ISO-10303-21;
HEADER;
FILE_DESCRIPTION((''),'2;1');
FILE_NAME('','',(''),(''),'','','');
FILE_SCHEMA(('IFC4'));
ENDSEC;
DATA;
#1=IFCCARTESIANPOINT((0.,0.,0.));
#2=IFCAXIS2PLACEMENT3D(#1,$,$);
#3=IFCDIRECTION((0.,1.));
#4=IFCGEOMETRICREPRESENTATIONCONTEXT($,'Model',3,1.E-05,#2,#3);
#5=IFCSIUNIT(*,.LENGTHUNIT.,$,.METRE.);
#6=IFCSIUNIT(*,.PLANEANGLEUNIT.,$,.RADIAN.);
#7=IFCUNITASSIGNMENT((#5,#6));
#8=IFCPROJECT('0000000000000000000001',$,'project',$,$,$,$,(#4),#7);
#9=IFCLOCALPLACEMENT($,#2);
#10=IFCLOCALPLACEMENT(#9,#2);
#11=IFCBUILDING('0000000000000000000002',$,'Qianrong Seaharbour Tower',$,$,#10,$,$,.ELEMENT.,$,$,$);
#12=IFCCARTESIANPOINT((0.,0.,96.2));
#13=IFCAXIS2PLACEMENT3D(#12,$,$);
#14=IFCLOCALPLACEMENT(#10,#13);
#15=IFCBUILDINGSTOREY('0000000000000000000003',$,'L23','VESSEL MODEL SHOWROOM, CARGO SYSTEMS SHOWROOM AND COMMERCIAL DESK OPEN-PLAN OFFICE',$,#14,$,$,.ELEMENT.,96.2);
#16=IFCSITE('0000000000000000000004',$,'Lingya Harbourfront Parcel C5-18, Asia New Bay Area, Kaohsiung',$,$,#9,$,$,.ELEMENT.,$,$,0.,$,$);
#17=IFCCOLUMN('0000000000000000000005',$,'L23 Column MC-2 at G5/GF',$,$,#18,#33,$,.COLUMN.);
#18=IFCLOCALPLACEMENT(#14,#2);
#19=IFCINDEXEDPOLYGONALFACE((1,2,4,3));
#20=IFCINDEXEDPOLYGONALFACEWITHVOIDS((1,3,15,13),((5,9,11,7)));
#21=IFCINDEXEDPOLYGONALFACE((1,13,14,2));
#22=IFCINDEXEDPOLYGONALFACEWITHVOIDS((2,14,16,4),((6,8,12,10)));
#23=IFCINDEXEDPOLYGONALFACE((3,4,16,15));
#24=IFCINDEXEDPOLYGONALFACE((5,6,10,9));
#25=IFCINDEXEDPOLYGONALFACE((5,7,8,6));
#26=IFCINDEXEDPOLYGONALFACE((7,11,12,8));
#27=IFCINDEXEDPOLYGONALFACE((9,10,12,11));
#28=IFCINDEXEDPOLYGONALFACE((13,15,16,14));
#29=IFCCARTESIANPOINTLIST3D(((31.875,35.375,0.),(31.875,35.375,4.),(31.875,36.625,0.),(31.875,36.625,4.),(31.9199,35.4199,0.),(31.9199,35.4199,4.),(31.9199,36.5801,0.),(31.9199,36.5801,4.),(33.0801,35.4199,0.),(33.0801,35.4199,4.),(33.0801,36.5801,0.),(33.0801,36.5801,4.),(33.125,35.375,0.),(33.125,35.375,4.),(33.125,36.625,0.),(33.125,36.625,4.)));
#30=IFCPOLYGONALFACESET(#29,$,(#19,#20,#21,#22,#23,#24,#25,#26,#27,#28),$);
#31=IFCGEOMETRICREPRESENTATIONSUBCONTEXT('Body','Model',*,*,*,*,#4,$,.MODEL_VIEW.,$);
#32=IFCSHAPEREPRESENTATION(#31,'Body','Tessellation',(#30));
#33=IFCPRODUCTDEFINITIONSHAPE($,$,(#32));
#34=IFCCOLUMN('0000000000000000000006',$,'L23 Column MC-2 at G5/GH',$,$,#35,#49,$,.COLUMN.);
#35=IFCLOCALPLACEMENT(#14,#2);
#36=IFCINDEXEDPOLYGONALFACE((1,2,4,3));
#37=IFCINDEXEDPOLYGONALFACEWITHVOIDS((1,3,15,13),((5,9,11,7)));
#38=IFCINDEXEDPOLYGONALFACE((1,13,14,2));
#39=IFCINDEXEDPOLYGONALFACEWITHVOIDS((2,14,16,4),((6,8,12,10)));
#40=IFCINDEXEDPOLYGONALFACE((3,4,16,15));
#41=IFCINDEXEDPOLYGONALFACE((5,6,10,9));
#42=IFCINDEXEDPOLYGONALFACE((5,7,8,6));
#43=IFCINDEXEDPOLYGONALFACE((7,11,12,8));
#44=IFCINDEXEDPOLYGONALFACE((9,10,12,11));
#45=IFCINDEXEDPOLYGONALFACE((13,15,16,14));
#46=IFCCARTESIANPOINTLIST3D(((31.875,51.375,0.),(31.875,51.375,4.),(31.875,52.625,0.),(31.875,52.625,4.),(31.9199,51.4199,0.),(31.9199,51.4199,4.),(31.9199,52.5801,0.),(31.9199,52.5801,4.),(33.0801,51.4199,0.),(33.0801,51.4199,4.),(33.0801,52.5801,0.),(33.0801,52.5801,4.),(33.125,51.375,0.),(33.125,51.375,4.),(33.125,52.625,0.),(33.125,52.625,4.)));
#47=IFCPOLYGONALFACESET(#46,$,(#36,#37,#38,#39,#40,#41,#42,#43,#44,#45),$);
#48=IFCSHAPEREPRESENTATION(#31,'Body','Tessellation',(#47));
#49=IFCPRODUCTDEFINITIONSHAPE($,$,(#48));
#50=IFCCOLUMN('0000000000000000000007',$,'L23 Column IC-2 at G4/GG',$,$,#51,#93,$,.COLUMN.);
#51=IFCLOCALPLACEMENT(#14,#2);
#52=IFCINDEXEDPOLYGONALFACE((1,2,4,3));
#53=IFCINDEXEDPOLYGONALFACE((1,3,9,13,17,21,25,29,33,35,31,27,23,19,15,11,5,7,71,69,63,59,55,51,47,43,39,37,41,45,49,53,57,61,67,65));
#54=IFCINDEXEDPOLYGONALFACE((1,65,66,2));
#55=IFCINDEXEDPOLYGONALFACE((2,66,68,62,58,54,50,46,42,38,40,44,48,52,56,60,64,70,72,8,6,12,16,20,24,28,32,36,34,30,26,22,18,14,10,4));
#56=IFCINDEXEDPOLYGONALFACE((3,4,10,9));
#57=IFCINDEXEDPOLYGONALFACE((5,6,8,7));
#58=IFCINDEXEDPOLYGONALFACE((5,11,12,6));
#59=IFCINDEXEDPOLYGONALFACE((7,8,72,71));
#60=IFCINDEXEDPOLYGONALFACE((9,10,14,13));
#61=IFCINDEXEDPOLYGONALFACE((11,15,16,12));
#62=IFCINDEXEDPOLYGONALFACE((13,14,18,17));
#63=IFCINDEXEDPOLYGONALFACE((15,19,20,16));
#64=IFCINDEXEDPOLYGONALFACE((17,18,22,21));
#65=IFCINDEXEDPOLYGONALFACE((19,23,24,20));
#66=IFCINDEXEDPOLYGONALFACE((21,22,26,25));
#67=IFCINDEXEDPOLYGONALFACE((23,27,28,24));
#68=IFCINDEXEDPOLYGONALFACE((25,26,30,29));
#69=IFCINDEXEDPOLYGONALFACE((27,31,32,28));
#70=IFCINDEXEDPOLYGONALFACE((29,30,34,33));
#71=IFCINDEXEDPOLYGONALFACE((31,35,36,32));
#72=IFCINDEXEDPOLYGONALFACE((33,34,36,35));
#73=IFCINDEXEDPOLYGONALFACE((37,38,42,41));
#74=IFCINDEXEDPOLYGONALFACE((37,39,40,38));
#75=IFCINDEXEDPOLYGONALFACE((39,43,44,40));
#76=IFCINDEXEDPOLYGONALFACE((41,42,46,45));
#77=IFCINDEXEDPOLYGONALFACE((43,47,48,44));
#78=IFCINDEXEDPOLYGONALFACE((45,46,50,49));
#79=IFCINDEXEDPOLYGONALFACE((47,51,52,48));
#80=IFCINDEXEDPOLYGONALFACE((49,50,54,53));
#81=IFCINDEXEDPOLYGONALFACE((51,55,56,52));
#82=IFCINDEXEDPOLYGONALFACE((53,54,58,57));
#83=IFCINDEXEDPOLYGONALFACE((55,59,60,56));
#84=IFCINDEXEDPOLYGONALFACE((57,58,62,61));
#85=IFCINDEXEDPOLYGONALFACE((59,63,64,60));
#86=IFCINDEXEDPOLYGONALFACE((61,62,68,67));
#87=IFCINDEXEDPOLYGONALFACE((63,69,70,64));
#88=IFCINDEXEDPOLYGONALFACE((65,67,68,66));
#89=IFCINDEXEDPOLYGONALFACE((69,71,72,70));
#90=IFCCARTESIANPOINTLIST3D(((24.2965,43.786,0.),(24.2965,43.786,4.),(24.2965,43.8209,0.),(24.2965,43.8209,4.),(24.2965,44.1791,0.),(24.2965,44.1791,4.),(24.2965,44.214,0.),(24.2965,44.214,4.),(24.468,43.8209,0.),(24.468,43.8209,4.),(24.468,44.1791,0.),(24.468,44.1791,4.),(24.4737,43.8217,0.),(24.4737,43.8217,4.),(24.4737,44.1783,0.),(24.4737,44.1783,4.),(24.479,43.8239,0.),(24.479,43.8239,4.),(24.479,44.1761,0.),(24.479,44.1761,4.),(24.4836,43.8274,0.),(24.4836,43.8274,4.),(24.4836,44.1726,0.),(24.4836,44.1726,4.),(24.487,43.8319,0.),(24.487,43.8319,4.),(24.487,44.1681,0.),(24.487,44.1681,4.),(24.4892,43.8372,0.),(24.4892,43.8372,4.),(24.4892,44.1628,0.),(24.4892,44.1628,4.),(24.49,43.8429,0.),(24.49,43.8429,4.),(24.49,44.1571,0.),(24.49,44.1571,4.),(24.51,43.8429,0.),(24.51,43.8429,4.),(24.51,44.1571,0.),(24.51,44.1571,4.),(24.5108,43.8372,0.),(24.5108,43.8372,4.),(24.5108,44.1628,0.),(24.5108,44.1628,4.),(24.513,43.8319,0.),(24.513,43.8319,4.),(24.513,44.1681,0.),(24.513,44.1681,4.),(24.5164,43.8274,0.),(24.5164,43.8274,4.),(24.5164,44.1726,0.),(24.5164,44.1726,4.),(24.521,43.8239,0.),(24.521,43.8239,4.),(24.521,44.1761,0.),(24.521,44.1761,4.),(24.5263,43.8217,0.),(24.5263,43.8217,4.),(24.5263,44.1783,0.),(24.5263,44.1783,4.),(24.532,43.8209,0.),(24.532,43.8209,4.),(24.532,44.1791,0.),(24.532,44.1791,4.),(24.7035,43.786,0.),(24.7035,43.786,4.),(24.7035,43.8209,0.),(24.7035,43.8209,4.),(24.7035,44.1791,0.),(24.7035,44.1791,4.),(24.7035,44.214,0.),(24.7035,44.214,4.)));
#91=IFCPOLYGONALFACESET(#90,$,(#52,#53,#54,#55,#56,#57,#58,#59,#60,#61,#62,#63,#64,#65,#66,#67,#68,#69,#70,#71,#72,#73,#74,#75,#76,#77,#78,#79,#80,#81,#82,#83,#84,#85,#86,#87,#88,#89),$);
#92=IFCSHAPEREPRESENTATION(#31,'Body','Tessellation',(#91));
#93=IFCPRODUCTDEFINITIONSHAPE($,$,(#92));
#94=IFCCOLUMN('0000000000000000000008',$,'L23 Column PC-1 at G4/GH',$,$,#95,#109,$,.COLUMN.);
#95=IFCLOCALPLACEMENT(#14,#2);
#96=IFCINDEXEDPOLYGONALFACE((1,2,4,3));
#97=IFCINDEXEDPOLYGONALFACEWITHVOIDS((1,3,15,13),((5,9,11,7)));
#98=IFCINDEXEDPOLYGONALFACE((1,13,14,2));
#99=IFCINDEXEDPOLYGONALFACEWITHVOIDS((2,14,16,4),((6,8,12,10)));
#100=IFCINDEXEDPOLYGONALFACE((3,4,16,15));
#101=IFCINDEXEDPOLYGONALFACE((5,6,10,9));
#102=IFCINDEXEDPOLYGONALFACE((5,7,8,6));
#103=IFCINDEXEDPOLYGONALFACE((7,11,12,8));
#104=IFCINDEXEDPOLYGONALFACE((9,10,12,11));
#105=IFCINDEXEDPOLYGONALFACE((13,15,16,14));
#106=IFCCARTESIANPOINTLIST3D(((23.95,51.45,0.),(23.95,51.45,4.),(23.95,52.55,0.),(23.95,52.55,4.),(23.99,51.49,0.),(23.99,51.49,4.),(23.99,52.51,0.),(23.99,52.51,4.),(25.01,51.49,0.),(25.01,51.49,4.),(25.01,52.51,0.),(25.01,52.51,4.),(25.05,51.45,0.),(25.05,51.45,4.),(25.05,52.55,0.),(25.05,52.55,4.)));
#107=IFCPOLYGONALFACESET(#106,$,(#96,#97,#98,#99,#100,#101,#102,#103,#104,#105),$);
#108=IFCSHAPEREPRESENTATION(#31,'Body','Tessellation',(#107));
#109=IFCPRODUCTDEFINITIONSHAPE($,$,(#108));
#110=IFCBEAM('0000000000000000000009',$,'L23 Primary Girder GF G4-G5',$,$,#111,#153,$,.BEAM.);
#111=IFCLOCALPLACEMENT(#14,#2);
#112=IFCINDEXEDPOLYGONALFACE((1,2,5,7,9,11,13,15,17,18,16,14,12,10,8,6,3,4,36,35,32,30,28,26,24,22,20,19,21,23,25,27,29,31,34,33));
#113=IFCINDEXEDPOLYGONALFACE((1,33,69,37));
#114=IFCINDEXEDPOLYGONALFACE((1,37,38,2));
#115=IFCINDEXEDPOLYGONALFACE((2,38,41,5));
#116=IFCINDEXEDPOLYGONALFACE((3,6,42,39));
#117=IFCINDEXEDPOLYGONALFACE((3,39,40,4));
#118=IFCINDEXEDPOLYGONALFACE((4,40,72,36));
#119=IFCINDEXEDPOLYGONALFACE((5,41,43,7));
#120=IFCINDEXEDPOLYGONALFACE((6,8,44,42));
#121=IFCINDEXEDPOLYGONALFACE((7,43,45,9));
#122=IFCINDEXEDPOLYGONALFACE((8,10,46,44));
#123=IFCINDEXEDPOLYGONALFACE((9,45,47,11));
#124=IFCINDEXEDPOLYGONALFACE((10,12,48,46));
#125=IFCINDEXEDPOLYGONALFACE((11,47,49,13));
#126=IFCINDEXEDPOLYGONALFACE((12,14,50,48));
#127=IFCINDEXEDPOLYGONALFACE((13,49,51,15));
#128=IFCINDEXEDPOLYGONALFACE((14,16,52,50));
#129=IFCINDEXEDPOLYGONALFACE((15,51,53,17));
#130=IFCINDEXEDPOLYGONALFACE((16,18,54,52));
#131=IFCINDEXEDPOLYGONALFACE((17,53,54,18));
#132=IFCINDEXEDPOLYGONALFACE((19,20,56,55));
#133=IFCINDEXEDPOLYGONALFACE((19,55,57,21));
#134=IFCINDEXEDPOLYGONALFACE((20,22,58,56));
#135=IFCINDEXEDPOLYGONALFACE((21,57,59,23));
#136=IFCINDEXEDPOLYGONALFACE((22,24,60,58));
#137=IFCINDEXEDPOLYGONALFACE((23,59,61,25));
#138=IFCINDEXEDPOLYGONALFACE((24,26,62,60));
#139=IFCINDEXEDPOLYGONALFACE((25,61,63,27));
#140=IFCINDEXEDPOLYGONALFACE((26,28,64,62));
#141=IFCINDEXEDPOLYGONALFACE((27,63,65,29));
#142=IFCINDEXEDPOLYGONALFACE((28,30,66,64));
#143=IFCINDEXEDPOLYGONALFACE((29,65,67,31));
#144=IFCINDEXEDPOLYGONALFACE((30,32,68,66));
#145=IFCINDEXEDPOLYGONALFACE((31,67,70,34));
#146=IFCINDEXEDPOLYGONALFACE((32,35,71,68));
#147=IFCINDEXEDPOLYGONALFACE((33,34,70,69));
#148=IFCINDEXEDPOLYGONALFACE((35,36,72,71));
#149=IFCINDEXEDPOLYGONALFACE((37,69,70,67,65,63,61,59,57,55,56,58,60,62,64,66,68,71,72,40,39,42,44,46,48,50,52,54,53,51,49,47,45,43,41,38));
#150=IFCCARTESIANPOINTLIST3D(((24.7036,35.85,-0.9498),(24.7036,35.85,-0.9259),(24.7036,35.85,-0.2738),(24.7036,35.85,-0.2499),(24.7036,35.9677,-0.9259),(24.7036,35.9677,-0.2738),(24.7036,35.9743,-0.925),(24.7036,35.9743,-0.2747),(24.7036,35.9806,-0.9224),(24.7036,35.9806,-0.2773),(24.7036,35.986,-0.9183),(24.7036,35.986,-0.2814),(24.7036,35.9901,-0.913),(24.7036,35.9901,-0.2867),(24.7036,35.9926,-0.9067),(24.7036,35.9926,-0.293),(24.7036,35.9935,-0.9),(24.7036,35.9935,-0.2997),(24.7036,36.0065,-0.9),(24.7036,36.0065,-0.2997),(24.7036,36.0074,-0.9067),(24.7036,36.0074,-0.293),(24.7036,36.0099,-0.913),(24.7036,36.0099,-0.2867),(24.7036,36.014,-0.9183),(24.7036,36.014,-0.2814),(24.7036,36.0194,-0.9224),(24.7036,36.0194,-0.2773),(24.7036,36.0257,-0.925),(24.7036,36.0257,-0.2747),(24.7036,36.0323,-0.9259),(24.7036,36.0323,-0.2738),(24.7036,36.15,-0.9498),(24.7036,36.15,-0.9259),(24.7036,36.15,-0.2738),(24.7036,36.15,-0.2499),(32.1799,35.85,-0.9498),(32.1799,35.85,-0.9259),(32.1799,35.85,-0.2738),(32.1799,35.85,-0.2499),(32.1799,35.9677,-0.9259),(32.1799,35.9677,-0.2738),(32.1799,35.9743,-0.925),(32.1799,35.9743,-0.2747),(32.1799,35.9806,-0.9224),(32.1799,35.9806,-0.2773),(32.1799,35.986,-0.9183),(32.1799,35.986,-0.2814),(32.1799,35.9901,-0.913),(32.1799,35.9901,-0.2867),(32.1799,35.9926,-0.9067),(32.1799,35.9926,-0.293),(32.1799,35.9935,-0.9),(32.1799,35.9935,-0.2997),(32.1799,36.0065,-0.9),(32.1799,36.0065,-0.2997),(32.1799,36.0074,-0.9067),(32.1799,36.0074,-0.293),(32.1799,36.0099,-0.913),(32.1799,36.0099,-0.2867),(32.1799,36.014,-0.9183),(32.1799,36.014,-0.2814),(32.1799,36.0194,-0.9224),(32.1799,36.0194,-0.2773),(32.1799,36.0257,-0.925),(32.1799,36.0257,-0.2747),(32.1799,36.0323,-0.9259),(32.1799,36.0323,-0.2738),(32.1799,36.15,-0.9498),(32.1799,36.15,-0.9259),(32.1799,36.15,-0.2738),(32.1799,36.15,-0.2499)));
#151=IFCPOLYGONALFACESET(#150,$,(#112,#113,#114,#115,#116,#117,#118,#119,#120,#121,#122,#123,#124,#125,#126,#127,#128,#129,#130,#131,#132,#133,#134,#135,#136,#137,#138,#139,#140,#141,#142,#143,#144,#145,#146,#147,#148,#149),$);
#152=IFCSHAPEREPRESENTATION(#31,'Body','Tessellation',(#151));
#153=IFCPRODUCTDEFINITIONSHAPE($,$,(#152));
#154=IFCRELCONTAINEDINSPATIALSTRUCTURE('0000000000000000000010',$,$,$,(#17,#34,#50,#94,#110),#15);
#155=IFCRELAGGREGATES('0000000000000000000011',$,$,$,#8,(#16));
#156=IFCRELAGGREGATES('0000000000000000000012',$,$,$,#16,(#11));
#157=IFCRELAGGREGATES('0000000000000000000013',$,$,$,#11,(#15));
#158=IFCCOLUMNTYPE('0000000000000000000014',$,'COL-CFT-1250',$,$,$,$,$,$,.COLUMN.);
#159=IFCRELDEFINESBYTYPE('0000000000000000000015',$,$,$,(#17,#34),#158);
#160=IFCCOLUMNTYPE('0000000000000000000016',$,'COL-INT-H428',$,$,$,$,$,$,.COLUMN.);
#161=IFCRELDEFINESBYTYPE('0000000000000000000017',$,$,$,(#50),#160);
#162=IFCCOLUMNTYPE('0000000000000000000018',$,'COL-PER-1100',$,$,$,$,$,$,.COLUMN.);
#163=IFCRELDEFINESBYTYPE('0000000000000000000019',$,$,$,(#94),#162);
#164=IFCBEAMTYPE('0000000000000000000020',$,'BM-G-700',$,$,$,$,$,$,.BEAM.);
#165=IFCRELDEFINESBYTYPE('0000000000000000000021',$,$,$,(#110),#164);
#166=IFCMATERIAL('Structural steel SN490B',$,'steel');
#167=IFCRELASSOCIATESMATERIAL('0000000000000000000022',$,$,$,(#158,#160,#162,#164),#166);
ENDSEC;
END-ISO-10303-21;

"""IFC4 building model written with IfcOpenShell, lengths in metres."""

from ifc_helpers import new_model, si_unit, direction, frame, origin, origin_2d, place, context, subcontext, project, spatial, hollow_rectangle, i_section, extrude, material, material_profile, profile_set, type_object, element, save


model = new_model("IFC4")

# Units and contexts
model_context = context("Model", 3, precision=1e-05, world=origin(), true_north=direction((0.0, 1.0)))
body_context = subcontext(model_context, "Body", "Model", "MODEL_VIEW")
ifc_project = project(units=[si_unit("LENGTHUNIT", "METRE"), si_unit("PLANEANGLEUNIT", "RADIAN")], contexts=[model_context])

# Site, building, storey
site_placement = place(None, origin())
site = spatial("IfcSite", under=ifc_project, at=site_placement, Name="Lingya Harbourfront Parcel C5-18, Asia New Bay Area, Kaohsiung", CompositionType="ELEMENT", RefElevation=0.0)
building_placement = place(site_placement, origin())
building = spatial("IfcBuilding", under=site, at=building_placement, Name="Qianrong Seaharbour Tower", CompositionType="ELEMENT")
storey_placement = place(building_placement, frame((0.0, 0.0, 96.2)))
storey = spatial("IfcBuildingStorey", under=building, at=storey_placement, Name="L23", Description="VESSEL MODEL SHOWROOM, CARGO SYSTEMS SHOWROOM AND COMMERCIAL DESK OPEN-PLAN OFFICE", CompositionType="ELEMENT", Elevation=96.2)

# Columns
ifc_material_1 = material(Name="Structural steel SN490B", Category="steel")
ifc_material_profile_1 = material_profile(ifc_material_1, hollow_rectangle(XDim=1.25, YDim=1.25, WallThickness=0.0449, at=origin_2d()), Name="BOX1250x1250x45")
ifc_profile_set_1 = profile_set([ifc_material_profile_1], Name="Structural steel SN490B")
column_type_1 = type_object("IfcColumnType", Name="COL-CFT-1250", PredefinedType="COLUMN", material=ifc_profile_set_1)
for number, where, z_axis, x_axis, name in (
    (1, (32.5, 36.0, 0.0), (0.0, 0.0, 1.0), (1.0, 0.0, 0.0), "L23 Column MC-2 at G5/GF"),
    (2, (32.5, 52.0, 0.0), (0.0, 0.0, 1.0), (1.0, 0.0, 0.0), "L23 Column MC-2 at G5/GH"),
):
    element("IfcColumn", number, at=place(storey_placement, frame(where, z_axis=z_axis, x_axis=x_axis)), inside=storey, type_object=column_type_1, Name=name, PredefinedType="COLUMN", context=body_context, shape_type="SweptSolid", body=[
        extrude(hollow_rectangle(XDim=1.25, YDim=1.25, WallThickness=0.0449, at=origin_2d()), origin(), (0.0, 0.0, 1.0), 4.0),
    ])
ifc_material_profile_2 = material_profile(ifc_material_1, i_section(OverallWidth=0.407, OverallDepth=0.428, WebThickness=0.02, FlangeThickness=0.0349, FilletRadius=0.022, at=origin_2d()), Name="H428x407x20x35")
ifc_profile_set_2 = profile_set([ifc_material_profile_2], Name="Structural steel SN490B")
column_type_2 = type_object("IfcColumnType", Name="COL-INT-H428", PredefinedType="COLUMN", material=ifc_profile_set_2)
column_1_placement = place(storey_placement, frame((24.5, 44.0, 0.0), z_axis=(0.0, 0.0, 1.0), x_axis=(1.0, 0.0, 0.0)))
element("IfcColumn", 3, at=column_1_placement, inside=storey, type_object=column_type_2, Name="L23 Column IC-2 at G4/GG", PredefinedType="COLUMN", context=body_context, shape_type="SweptSolid", body=[
    extrude(i_section(OverallWidth=0.407, OverallDepth=0.428, WebThickness=0.02, FlangeThickness=0.0349, FilletRadius=0.022, at=origin_2d()), origin(), (0.0, 0.0, 1.0), 4.0),
])
ifc_material_profile_3 = material_profile(ifc_material_1, hollow_rectangle(XDim=1.1001, YDim=1.1001, WallThickness=0.04, at=origin_2d()), Name="BOX1100x1100x40")
ifc_profile_set_3 = profile_set([ifc_material_profile_3], Name="Structural steel SN490B")
column_type_3 = type_object("IfcColumnType", Name="COL-PER-1100", PredefinedType="COLUMN", material=ifc_profile_set_3)
column_2_placement = place(storey_placement, frame((24.5, 52.0, 0.0), z_axis=(0.0, 0.0, 1.0), x_axis=(1.0, 0.0, 0.0)))
element("IfcColumn", 4, at=column_2_placement, inside=storey, type_object=column_type_3, Name="L23 Column PC-1 at G4/GH", PredefinedType="COLUMN", context=body_context, shape_type="SweptSolid", body=[
    extrude(hollow_rectangle(XDim=1.1001, YDim=1.1001, WallThickness=0.04, at=origin_2d()), origin(), (0.0, 0.0, 1.0), 4.0),
])

# Beam
ifc_material_profile_4 = material_profile(ifc_material_1, i_section(OverallWidth=0.3, OverallDepth=0.7, WebThickness=0.0129, FlangeThickness=0.0239, FilletRadius=0.0259, at=origin_2d()), Name="H700x300x13x24")
ifc_profile_set_4 = profile_set([ifc_material_profile_4], Name="Structural steel SN490B")
beam_type_1 = type_object("IfcBeamType", Name="BM-G-700", PredefinedType="BEAM", material=ifc_profile_set_4)
beam_1_placement = place(storey_placement, frame((24.7036, 36.0, -0.5999), z_axis=(1.0, 0.0, 0.0), x_axis=(0.0, 1.0, 0.0)))
element("IfcBeam", 5, at=beam_1_placement, inside=storey, type_object=beam_type_1, Name="L23 Primary Girder GF G4-G5", PredefinedType="BEAM", context=body_context, shape_type="SweptSolid", body=[
    extrude(i_section(OverallWidth=0.3, OverallDepth=0.7, WebThickness=0.0129, FlangeThickness=0.0239, FilletRadius=0.0259, at=origin_2d()), origin(), (0.0, 0.0, 1.0), 7.4763),
])

save(model, "model.ifc")
